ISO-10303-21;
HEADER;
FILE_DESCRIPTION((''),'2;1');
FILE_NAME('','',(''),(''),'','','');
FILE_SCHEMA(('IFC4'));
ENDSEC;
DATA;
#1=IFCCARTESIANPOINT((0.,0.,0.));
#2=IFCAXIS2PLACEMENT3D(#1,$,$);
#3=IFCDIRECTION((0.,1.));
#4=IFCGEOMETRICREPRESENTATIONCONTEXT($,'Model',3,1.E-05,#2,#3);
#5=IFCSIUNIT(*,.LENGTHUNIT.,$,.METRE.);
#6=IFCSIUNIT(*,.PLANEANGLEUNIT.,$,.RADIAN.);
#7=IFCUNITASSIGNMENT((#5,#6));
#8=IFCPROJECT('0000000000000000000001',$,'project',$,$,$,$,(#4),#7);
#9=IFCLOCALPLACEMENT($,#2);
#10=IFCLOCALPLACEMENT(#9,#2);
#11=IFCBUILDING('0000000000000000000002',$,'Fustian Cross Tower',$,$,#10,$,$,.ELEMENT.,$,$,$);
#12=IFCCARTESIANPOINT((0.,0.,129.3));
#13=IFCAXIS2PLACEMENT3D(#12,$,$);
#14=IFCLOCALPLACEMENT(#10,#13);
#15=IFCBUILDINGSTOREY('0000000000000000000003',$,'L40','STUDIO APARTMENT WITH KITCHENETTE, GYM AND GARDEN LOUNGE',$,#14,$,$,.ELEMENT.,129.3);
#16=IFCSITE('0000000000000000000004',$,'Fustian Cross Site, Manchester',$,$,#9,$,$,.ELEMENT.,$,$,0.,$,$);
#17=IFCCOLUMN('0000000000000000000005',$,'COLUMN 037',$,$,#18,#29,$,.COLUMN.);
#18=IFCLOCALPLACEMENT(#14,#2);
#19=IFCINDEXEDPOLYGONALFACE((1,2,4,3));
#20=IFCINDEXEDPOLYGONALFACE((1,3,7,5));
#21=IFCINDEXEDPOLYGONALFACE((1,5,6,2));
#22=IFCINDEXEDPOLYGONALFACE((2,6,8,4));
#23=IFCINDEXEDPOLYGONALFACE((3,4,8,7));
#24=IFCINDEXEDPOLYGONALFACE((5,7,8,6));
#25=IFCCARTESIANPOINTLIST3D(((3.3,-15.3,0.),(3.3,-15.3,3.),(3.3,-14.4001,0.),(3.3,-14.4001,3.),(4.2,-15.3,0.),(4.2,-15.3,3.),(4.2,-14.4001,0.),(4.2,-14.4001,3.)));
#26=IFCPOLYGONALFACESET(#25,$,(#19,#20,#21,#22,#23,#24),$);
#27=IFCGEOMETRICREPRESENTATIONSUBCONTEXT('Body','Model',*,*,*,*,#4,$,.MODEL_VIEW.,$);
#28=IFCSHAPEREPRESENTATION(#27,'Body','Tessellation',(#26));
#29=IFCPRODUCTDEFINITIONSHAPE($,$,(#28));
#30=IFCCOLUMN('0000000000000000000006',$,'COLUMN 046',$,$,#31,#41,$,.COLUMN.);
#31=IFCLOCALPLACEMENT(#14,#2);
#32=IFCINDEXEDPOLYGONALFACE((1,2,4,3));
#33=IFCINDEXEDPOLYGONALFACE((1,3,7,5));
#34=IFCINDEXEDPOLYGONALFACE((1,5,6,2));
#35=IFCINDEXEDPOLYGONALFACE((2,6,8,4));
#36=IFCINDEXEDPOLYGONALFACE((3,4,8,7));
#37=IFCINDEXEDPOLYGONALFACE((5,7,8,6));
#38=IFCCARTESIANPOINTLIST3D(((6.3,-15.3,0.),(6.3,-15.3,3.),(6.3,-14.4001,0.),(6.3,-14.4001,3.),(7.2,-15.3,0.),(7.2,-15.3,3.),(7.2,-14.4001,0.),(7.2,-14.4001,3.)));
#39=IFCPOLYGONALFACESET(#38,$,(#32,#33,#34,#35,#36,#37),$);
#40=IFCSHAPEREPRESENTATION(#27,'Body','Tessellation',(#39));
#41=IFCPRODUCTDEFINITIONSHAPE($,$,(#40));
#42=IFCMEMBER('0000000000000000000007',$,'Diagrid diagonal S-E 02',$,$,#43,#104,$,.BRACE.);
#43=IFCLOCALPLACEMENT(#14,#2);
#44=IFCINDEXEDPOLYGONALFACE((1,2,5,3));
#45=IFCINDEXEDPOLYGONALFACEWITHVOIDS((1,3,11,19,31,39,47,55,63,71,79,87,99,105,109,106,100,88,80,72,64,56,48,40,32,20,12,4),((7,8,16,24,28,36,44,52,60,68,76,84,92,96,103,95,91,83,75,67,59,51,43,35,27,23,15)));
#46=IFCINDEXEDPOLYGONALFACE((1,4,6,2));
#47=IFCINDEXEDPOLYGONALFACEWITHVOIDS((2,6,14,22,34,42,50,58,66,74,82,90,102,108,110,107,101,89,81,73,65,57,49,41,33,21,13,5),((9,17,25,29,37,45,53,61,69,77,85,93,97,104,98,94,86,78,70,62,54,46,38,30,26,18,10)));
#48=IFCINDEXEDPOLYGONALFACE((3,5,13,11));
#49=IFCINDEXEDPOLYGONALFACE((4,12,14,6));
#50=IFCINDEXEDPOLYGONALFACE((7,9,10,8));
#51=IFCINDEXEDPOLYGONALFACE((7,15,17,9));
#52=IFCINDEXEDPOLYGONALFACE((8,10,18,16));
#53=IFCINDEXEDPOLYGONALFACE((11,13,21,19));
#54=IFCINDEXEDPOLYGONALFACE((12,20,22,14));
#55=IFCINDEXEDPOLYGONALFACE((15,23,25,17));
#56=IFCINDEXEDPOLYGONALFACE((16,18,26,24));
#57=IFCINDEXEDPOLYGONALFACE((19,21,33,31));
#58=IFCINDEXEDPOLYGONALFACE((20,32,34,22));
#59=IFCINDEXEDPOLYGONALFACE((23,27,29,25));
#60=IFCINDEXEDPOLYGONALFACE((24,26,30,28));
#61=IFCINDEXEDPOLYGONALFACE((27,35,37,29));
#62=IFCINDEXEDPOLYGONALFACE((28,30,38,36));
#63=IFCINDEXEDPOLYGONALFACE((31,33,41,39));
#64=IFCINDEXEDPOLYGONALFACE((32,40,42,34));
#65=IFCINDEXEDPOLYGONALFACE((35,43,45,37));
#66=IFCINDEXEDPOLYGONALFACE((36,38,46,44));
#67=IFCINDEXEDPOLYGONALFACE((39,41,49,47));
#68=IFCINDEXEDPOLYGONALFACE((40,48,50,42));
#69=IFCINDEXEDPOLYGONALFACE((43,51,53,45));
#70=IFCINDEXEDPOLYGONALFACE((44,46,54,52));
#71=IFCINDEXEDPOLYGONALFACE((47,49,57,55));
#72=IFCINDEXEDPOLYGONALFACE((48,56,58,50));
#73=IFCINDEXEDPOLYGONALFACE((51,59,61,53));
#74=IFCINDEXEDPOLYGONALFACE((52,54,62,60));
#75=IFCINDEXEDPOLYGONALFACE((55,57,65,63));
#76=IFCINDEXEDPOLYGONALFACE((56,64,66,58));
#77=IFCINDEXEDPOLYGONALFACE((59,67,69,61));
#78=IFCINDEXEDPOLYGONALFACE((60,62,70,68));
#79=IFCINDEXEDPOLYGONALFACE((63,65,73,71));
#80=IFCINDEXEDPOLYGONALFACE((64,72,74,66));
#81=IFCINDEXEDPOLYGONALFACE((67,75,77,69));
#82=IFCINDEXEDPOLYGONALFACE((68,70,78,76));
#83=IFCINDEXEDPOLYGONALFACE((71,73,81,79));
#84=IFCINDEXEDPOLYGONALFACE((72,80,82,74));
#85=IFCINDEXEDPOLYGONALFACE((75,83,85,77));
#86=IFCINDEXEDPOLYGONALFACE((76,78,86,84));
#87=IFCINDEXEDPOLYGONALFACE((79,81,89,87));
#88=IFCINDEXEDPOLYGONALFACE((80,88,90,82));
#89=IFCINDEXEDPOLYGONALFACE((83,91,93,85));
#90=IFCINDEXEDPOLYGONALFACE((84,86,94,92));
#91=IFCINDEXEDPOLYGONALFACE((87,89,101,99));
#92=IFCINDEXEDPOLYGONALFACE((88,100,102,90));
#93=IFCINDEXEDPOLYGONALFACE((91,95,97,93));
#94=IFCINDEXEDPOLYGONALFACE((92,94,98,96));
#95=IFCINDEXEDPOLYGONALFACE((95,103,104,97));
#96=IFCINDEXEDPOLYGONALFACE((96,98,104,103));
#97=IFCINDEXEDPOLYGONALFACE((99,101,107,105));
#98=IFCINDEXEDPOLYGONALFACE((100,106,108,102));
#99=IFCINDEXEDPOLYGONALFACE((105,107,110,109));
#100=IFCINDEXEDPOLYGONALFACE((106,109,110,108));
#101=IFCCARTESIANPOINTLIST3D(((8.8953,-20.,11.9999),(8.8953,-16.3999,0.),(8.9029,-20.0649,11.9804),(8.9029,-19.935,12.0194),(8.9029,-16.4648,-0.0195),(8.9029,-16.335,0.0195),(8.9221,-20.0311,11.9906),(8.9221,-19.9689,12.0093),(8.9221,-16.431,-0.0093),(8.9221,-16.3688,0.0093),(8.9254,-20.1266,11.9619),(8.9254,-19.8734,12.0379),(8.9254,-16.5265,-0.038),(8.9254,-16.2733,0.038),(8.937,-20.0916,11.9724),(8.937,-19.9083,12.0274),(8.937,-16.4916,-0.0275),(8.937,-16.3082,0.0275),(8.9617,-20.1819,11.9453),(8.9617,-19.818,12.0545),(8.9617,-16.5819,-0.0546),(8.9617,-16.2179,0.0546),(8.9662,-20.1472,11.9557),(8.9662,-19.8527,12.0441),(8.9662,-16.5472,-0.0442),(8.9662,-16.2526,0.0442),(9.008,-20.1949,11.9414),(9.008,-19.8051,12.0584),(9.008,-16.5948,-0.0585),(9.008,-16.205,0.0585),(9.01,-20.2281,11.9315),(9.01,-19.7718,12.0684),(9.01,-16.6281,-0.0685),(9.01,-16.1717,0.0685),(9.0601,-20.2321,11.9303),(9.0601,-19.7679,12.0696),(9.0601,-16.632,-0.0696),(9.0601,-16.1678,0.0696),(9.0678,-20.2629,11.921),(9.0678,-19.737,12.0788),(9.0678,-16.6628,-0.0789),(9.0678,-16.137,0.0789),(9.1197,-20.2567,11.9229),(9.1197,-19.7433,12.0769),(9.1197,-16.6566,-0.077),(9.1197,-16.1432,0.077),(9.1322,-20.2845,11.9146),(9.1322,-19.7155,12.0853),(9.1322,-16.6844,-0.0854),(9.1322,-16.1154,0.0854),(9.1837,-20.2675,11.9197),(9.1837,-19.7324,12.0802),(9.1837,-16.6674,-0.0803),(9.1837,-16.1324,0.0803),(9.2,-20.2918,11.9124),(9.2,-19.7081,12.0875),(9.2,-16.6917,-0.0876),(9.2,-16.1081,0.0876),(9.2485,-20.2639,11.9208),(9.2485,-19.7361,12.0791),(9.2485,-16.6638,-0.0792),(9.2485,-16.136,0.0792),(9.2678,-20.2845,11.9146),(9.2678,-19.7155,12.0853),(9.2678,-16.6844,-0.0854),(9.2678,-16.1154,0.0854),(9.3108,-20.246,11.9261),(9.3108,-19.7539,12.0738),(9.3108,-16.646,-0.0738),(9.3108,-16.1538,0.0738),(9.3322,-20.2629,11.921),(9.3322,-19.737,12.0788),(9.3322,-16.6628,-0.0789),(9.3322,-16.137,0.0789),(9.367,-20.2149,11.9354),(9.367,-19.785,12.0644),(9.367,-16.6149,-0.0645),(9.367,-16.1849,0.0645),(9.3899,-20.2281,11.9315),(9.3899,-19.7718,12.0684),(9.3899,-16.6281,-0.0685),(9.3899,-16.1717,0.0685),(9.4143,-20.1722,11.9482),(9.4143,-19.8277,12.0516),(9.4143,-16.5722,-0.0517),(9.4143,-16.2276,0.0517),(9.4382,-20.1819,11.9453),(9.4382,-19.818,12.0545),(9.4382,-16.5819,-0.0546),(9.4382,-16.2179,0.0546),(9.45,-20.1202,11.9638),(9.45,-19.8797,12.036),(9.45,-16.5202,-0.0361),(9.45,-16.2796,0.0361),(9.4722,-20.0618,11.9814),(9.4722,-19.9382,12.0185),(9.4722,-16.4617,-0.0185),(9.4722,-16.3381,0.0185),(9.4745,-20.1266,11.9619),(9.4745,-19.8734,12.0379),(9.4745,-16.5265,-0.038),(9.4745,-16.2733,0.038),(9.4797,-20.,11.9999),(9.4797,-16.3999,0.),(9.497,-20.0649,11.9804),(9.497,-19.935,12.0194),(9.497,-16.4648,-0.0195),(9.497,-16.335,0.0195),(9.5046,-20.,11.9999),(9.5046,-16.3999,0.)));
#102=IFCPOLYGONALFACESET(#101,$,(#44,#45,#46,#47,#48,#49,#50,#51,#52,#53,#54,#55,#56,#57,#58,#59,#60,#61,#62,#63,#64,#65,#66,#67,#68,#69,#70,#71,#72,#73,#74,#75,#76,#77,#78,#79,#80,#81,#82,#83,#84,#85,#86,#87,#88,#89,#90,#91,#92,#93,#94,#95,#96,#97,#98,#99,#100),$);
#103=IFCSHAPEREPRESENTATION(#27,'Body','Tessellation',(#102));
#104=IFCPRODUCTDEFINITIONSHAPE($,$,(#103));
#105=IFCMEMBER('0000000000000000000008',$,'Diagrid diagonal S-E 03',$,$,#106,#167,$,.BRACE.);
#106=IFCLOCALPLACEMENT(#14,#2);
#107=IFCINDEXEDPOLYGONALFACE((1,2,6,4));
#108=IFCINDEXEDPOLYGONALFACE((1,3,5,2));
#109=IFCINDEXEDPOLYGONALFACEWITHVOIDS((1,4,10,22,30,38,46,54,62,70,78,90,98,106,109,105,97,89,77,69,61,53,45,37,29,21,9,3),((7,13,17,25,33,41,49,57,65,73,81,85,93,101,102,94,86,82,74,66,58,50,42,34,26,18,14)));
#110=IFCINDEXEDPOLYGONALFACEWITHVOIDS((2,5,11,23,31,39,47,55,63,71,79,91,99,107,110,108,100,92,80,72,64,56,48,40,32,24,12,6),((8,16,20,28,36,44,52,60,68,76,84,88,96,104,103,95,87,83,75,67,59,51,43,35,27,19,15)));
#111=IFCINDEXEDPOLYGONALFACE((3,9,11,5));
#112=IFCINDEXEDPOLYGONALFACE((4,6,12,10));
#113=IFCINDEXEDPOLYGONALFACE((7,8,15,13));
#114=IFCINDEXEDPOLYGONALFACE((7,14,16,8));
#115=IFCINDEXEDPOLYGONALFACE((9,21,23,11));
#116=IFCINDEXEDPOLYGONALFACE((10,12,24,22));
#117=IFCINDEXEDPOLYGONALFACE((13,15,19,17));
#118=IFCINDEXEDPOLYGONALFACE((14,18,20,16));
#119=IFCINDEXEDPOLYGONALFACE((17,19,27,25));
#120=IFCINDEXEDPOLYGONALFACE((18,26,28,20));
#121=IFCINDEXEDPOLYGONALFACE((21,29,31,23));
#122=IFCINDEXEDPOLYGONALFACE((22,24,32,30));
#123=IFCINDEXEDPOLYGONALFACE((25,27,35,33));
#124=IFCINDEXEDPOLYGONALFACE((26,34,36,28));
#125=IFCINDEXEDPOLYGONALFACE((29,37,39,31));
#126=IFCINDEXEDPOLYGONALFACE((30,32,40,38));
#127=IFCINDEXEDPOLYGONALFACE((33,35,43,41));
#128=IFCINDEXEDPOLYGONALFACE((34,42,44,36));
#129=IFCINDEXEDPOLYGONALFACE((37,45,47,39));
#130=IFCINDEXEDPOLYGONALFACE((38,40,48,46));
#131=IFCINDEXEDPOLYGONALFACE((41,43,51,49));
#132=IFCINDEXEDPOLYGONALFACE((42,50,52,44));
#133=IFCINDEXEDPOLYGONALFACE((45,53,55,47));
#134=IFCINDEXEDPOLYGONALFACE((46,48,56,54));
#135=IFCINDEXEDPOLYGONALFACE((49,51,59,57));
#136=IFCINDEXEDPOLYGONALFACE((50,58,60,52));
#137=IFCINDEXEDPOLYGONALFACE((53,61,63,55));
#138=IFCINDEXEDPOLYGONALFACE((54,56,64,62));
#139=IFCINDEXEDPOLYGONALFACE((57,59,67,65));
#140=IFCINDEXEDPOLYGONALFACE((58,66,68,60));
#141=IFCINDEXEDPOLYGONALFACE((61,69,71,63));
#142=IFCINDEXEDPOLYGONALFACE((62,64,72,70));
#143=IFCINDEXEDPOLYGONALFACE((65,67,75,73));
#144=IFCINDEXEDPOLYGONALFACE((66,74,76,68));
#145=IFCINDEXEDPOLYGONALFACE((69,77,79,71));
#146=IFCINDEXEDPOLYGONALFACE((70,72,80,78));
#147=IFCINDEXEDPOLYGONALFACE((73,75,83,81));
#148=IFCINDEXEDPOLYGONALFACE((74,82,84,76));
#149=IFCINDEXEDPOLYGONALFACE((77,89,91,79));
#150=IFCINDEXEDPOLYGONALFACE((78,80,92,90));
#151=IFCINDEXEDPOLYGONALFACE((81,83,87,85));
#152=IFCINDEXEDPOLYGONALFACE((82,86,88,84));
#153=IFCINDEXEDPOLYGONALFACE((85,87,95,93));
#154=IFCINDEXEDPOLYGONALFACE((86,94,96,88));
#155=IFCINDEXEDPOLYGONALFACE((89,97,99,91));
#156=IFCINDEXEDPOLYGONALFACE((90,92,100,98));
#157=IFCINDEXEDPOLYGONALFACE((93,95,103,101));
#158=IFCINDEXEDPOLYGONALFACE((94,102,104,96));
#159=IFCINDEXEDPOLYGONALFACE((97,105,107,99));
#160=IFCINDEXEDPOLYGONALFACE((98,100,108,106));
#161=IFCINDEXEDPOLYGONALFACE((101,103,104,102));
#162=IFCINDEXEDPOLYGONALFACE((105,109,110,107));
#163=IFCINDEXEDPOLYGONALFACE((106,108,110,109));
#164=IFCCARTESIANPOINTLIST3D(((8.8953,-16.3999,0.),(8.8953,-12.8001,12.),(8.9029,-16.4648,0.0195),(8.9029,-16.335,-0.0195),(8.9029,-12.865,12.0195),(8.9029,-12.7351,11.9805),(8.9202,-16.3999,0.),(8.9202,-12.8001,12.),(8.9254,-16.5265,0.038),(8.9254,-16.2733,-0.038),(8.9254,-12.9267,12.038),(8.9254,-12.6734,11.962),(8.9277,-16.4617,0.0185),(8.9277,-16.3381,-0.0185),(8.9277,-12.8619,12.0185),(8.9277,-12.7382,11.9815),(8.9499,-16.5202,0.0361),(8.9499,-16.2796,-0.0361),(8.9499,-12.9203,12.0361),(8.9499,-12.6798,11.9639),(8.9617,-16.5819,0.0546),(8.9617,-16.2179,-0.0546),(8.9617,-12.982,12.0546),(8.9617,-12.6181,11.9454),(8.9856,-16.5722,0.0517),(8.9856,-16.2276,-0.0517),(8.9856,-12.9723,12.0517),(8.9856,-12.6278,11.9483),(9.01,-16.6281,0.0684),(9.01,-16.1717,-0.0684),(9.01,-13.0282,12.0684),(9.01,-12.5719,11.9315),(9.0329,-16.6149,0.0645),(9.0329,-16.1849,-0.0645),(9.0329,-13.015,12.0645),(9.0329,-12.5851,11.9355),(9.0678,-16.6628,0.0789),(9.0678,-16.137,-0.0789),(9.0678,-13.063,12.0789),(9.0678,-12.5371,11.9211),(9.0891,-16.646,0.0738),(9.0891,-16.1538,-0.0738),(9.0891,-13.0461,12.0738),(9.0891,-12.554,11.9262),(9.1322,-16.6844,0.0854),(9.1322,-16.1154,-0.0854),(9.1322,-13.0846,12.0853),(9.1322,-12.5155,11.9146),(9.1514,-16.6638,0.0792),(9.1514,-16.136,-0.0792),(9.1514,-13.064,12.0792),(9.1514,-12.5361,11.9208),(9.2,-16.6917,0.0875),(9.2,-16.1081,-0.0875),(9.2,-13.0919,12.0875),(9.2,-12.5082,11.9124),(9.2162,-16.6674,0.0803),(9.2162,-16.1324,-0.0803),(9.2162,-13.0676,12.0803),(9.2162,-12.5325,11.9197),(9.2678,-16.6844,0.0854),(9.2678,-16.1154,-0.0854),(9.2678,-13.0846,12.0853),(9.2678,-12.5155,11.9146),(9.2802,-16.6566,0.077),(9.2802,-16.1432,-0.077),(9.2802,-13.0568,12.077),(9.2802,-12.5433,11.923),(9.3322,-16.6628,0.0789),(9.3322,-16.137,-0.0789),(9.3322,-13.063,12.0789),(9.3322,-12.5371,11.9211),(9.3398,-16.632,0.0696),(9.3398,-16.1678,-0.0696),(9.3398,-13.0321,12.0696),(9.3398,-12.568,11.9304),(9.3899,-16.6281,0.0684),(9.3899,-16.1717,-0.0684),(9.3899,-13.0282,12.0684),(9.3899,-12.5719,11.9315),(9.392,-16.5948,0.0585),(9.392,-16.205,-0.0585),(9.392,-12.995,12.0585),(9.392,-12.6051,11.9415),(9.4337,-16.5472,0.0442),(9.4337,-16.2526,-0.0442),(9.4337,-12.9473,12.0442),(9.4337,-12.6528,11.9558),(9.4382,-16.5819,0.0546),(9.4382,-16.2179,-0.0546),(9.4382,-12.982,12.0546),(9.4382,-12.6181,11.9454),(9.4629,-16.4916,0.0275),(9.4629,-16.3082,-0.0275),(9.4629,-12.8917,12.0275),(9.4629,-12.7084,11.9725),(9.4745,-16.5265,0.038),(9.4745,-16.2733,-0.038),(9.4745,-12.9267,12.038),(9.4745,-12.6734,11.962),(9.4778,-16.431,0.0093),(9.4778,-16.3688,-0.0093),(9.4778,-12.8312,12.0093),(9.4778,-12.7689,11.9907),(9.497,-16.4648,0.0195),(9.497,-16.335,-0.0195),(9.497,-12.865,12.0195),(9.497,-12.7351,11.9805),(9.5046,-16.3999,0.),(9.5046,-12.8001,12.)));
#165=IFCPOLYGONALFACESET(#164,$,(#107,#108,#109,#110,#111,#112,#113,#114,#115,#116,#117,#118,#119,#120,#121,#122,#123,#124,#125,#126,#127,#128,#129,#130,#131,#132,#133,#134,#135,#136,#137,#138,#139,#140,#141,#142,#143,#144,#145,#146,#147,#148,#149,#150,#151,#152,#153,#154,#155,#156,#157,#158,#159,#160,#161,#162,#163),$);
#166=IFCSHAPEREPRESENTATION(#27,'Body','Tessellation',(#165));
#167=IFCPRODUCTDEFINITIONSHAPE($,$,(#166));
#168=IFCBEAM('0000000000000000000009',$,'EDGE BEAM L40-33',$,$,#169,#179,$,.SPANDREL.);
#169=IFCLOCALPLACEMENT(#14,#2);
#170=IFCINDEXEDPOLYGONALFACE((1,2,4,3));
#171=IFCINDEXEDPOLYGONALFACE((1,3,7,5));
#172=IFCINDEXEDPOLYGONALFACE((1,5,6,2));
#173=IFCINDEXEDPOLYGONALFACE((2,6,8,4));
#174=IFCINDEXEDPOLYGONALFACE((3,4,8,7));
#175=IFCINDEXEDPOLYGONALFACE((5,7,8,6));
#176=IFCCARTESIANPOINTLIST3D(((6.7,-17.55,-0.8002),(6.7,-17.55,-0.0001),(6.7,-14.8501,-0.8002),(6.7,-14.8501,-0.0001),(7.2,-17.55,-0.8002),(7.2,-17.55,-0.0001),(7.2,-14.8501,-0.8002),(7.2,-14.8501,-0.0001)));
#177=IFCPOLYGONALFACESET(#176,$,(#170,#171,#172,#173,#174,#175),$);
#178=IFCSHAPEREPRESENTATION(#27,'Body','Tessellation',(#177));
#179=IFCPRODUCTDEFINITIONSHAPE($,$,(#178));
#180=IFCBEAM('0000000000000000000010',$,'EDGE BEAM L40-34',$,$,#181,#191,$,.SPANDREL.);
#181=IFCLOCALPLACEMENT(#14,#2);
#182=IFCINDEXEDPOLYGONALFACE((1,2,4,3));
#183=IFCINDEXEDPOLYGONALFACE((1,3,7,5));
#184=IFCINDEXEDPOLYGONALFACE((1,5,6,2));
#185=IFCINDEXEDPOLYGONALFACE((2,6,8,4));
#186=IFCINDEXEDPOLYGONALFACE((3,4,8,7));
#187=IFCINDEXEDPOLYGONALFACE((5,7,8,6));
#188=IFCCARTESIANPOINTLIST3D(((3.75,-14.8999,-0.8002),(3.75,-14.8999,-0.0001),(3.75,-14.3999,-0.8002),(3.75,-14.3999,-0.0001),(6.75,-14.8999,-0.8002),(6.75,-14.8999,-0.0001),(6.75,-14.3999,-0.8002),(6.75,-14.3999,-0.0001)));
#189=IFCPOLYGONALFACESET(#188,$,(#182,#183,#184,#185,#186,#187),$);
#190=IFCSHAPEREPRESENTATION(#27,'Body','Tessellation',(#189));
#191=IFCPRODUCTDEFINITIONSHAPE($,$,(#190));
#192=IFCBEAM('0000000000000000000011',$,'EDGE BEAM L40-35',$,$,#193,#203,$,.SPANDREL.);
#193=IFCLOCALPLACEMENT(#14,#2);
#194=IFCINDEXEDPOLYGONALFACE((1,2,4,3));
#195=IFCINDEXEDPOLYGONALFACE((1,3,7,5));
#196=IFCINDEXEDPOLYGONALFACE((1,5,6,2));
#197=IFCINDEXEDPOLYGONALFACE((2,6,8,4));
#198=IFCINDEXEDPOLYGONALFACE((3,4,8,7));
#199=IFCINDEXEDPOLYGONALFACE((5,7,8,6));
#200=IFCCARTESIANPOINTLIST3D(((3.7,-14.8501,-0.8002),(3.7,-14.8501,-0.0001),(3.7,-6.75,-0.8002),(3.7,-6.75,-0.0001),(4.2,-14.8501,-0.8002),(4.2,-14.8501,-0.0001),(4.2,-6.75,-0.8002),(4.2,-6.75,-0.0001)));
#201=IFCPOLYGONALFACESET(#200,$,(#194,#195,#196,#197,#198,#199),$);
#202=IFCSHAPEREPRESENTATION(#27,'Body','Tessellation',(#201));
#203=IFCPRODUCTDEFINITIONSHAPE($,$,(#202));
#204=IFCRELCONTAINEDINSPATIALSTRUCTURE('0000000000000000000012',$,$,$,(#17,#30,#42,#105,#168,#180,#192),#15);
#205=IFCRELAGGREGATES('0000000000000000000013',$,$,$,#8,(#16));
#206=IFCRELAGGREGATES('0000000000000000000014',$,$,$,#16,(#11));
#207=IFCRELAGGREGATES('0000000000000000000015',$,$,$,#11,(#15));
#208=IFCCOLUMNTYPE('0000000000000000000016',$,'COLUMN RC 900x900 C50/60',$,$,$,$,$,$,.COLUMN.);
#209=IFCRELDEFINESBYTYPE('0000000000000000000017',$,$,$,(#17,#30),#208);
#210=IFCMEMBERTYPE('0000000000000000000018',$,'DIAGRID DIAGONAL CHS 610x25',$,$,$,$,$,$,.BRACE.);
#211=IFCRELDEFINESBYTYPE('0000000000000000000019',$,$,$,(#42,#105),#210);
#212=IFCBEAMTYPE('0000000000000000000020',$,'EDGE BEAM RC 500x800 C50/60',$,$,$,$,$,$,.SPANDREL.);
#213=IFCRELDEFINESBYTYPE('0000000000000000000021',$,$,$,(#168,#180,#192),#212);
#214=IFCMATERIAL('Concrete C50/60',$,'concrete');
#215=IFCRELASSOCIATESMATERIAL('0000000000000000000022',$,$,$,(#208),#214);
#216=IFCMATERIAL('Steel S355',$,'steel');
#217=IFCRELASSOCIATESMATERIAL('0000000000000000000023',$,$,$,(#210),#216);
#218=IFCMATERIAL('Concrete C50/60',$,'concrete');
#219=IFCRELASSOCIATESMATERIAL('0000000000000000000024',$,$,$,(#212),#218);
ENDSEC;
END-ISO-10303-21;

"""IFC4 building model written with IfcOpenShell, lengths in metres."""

from ifc_helpers import new_model, si_unit, direction, frame, origin, origin_2d, place, context, subcontext, project, spatial, rectangle, hollow_circle, extrude, material, material_profile, profile_set, type_object, element, save


model = new_model("IFC4")

# Units and contexts
model_context = context("Model", 3, precision=1e-05, world=origin(), true_north=direction((0.0, 1.0)))
body_context = subcontext(model_context, "Body", "Model", "MODEL_VIEW")
ifc_project = project(units=[si_unit("LENGTHUNIT", "METRE"), si_unit("PLANEANGLEUNIT", "RADIAN")], contexts=[model_context])

# Site, building, storey
site_placement = place(None, origin())
site = spatial("IfcSite", under=ifc_project, at=site_placement, Name="Fustian Cross Site, Manchester", CompositionType="ELEMENT", RefElevation=0.0)
building_placement = place(site_placement, origin())
building = spatial("IfcBuilding", under=site, at=building_placement, Name="Fustian Cross Tower", CompositionType="ELEMENT")
storey_placement = place(building_placement, frame((0.0, 0.0, 129.3)))
storey = spatial("IfcBuildingStorey", under=building, at=storey_placement, Name="L40", Description="STUDIO APARTMENT WITH KITCHENETTE, GYM AND GARDEN LOUNGE", CompositionType="ELEMENT", Elevation=129.3)

# Columns
ifc_material_1 = material(Name="Concrete C50/60", Category="concrete")
ifc_material_profile_1 = material_profile(ifc_material_1, rectangle(XDim=0.8999, YDim=0.8999, at=origin_2d()), Name="RC 900x900")
ifc_profile_set_1 = profile_set([ifc_material_profile_1], Name="Concrete C50/60")
column_type = type_object("IfcColumnType", Name="COLUMN RC 900x900 C50/60", PredefinedType="COLUMN", material=ifc_profile_set_1)
for number, where, z_axis, x_axis, name in (
    (1, (3.75, -14.8501, 0.0), (0.0, 0.0, 1.0), (1.0, 0.0, 0.0), "COLUMN 037"),
    (2, (6.75, -14.8501, 0.0), (0.0, 0.0, 1.0), (1.0, 0.0, 0.0), "COLUMN 046"),
):
    element("IfcColumn", number, at=place(storey_placement, frame(where, z_axis=z_axis, x_axis=x_axis)), inside=storey, type_object=column_type, Name=name, PredefinedType="COLUMN", context=body_context, shape_type="SweptSolid", body=[
        extrude(rectangle(XDim=0.8999, YDim=0.8999, at=origin_2d()), origin(), (0.0, 0.0, 1.0), 3.0),
    ])

# Members
ifc_material_2 = material(Name="Steel S355", Category="steel")
ifc_material_profile_2 = material_profile(ifc_material_2, hollow_circle(Radius=0.3047, WallThickness=0.0249, at=origin_2d()), Name="CHS 610x25")
ifc_profile_set_2 = profile_set([ifc_material_profile_2], Name="Steel S355")
member_type = type_object("IfcMemberType", Name="DIAGRID DIAGONAL CHS 610x25", PredefinedType="BRACE", material=ifc_profile_set_2)
for number, where, z_axis, x_axis, name in (
    (3, (9.2, -16.3999, 0.0), (0.0, -0.287355, 0.957824), (1.0, 0.0, 0.0), "Diagrid diagonal S-E 02"),
    (4, (9.2, -16.3999, 0.0), (0.0, 0.287337, 0.95783), (-1.0, 0.0, 0.0), "Diagrid diagonal S-E 03"),
):
    element("IfcMember", number, at=place(storey_placement, frame(where, z_axis=z_axis, x_axis=x_axis)), inside=storey, type_object=member_type, Name=name, PredefinedType="BRACE", context=body_context, shape_type="SweptSolid", body=[
        extrude(hollow_circle(Radius=0.3047, WallThickness=0.0249, at=origin_2d()), origin(), (0.0, 0.0, 1.0), 12.5283),
    ])

# Beams
ifc_material_3 = material(Name="Concrete C50/60", Category="concrete")
ifc_material_profile_3 = material_profile(ifc_material_3, rectangle(XDim=0.5, YDim=0.8, at=origin_2d()), Name="RC 500x800")
ifc_profile_set_3 = profile_set([ifc_material_profile_3], Name="Concrete C50/60")
beam_type = type_object("IfcBeamType", Name="EDGE BEAM RC 500x800 C50/60", PredefinedType="SPANDREL", material=ifc_profile_set_3)
beam_1_placement = place(storey_placement, frame((6.95, -17.55, -0.4001), z_axis=(0.0, 1.0, 0.0), x_axis=(-1.0, 0.0, 0.0)))
element("IfcBeam", 5, at=beam_1_placement, inside=storey, type_object=beam_type, Name="EDGE BEAM L40-33", PredefinedType="SPANDREL", context=body_context, shape_type="SweptSolid", body=[
    extrude(rectangle(XDim=0.5, YDim=0.8, at=origin_2d()), origin(), (0.0, 0.0, 1.0), 2.7),
])
beam_2_placement = place(storey_placement, frame((6.75, -14.6499, -0.4001), z_axis=(-1.0, 0.0, 0.0), x_axis=(0.0, -1.0, 0.0)))
element("IfcBeam", 6, at=beam_2_placement, inside=storey, type_object=beam_type, Name="EDGE BEAM L40-34", PredefinedType="SPANDREL", context=body_context, shape_type="SweptSolid", body=[
    extrude(rectangle(XDim=0.5, YDim=0.8, at=origin_2d()), origin(), (0.0, 0.0, 1.0), 3.0),
])
beam_3_placement = place(storey_placement, frame((3.95, -14.8501, -0.4001), z_axis=(0.0, 1.0, 0.0), x_axis=(-1.0, 0.0, 0.0)))
element("IfcBeam", 7, at=beam_3_placement, inside=storey, type_object=beam_type, Name="EDGE BEAM L40-35", PredefinedType="SPANDREL", context=body_context, shape_type="SweptSolid", body=[
    extrude(rectangle(XDim=0.5, YDim=0.8, at=origin_2d()), origin(), (0.0, 0.0, 1.0), 8.1001),
])

save(model, "model.ifc")
